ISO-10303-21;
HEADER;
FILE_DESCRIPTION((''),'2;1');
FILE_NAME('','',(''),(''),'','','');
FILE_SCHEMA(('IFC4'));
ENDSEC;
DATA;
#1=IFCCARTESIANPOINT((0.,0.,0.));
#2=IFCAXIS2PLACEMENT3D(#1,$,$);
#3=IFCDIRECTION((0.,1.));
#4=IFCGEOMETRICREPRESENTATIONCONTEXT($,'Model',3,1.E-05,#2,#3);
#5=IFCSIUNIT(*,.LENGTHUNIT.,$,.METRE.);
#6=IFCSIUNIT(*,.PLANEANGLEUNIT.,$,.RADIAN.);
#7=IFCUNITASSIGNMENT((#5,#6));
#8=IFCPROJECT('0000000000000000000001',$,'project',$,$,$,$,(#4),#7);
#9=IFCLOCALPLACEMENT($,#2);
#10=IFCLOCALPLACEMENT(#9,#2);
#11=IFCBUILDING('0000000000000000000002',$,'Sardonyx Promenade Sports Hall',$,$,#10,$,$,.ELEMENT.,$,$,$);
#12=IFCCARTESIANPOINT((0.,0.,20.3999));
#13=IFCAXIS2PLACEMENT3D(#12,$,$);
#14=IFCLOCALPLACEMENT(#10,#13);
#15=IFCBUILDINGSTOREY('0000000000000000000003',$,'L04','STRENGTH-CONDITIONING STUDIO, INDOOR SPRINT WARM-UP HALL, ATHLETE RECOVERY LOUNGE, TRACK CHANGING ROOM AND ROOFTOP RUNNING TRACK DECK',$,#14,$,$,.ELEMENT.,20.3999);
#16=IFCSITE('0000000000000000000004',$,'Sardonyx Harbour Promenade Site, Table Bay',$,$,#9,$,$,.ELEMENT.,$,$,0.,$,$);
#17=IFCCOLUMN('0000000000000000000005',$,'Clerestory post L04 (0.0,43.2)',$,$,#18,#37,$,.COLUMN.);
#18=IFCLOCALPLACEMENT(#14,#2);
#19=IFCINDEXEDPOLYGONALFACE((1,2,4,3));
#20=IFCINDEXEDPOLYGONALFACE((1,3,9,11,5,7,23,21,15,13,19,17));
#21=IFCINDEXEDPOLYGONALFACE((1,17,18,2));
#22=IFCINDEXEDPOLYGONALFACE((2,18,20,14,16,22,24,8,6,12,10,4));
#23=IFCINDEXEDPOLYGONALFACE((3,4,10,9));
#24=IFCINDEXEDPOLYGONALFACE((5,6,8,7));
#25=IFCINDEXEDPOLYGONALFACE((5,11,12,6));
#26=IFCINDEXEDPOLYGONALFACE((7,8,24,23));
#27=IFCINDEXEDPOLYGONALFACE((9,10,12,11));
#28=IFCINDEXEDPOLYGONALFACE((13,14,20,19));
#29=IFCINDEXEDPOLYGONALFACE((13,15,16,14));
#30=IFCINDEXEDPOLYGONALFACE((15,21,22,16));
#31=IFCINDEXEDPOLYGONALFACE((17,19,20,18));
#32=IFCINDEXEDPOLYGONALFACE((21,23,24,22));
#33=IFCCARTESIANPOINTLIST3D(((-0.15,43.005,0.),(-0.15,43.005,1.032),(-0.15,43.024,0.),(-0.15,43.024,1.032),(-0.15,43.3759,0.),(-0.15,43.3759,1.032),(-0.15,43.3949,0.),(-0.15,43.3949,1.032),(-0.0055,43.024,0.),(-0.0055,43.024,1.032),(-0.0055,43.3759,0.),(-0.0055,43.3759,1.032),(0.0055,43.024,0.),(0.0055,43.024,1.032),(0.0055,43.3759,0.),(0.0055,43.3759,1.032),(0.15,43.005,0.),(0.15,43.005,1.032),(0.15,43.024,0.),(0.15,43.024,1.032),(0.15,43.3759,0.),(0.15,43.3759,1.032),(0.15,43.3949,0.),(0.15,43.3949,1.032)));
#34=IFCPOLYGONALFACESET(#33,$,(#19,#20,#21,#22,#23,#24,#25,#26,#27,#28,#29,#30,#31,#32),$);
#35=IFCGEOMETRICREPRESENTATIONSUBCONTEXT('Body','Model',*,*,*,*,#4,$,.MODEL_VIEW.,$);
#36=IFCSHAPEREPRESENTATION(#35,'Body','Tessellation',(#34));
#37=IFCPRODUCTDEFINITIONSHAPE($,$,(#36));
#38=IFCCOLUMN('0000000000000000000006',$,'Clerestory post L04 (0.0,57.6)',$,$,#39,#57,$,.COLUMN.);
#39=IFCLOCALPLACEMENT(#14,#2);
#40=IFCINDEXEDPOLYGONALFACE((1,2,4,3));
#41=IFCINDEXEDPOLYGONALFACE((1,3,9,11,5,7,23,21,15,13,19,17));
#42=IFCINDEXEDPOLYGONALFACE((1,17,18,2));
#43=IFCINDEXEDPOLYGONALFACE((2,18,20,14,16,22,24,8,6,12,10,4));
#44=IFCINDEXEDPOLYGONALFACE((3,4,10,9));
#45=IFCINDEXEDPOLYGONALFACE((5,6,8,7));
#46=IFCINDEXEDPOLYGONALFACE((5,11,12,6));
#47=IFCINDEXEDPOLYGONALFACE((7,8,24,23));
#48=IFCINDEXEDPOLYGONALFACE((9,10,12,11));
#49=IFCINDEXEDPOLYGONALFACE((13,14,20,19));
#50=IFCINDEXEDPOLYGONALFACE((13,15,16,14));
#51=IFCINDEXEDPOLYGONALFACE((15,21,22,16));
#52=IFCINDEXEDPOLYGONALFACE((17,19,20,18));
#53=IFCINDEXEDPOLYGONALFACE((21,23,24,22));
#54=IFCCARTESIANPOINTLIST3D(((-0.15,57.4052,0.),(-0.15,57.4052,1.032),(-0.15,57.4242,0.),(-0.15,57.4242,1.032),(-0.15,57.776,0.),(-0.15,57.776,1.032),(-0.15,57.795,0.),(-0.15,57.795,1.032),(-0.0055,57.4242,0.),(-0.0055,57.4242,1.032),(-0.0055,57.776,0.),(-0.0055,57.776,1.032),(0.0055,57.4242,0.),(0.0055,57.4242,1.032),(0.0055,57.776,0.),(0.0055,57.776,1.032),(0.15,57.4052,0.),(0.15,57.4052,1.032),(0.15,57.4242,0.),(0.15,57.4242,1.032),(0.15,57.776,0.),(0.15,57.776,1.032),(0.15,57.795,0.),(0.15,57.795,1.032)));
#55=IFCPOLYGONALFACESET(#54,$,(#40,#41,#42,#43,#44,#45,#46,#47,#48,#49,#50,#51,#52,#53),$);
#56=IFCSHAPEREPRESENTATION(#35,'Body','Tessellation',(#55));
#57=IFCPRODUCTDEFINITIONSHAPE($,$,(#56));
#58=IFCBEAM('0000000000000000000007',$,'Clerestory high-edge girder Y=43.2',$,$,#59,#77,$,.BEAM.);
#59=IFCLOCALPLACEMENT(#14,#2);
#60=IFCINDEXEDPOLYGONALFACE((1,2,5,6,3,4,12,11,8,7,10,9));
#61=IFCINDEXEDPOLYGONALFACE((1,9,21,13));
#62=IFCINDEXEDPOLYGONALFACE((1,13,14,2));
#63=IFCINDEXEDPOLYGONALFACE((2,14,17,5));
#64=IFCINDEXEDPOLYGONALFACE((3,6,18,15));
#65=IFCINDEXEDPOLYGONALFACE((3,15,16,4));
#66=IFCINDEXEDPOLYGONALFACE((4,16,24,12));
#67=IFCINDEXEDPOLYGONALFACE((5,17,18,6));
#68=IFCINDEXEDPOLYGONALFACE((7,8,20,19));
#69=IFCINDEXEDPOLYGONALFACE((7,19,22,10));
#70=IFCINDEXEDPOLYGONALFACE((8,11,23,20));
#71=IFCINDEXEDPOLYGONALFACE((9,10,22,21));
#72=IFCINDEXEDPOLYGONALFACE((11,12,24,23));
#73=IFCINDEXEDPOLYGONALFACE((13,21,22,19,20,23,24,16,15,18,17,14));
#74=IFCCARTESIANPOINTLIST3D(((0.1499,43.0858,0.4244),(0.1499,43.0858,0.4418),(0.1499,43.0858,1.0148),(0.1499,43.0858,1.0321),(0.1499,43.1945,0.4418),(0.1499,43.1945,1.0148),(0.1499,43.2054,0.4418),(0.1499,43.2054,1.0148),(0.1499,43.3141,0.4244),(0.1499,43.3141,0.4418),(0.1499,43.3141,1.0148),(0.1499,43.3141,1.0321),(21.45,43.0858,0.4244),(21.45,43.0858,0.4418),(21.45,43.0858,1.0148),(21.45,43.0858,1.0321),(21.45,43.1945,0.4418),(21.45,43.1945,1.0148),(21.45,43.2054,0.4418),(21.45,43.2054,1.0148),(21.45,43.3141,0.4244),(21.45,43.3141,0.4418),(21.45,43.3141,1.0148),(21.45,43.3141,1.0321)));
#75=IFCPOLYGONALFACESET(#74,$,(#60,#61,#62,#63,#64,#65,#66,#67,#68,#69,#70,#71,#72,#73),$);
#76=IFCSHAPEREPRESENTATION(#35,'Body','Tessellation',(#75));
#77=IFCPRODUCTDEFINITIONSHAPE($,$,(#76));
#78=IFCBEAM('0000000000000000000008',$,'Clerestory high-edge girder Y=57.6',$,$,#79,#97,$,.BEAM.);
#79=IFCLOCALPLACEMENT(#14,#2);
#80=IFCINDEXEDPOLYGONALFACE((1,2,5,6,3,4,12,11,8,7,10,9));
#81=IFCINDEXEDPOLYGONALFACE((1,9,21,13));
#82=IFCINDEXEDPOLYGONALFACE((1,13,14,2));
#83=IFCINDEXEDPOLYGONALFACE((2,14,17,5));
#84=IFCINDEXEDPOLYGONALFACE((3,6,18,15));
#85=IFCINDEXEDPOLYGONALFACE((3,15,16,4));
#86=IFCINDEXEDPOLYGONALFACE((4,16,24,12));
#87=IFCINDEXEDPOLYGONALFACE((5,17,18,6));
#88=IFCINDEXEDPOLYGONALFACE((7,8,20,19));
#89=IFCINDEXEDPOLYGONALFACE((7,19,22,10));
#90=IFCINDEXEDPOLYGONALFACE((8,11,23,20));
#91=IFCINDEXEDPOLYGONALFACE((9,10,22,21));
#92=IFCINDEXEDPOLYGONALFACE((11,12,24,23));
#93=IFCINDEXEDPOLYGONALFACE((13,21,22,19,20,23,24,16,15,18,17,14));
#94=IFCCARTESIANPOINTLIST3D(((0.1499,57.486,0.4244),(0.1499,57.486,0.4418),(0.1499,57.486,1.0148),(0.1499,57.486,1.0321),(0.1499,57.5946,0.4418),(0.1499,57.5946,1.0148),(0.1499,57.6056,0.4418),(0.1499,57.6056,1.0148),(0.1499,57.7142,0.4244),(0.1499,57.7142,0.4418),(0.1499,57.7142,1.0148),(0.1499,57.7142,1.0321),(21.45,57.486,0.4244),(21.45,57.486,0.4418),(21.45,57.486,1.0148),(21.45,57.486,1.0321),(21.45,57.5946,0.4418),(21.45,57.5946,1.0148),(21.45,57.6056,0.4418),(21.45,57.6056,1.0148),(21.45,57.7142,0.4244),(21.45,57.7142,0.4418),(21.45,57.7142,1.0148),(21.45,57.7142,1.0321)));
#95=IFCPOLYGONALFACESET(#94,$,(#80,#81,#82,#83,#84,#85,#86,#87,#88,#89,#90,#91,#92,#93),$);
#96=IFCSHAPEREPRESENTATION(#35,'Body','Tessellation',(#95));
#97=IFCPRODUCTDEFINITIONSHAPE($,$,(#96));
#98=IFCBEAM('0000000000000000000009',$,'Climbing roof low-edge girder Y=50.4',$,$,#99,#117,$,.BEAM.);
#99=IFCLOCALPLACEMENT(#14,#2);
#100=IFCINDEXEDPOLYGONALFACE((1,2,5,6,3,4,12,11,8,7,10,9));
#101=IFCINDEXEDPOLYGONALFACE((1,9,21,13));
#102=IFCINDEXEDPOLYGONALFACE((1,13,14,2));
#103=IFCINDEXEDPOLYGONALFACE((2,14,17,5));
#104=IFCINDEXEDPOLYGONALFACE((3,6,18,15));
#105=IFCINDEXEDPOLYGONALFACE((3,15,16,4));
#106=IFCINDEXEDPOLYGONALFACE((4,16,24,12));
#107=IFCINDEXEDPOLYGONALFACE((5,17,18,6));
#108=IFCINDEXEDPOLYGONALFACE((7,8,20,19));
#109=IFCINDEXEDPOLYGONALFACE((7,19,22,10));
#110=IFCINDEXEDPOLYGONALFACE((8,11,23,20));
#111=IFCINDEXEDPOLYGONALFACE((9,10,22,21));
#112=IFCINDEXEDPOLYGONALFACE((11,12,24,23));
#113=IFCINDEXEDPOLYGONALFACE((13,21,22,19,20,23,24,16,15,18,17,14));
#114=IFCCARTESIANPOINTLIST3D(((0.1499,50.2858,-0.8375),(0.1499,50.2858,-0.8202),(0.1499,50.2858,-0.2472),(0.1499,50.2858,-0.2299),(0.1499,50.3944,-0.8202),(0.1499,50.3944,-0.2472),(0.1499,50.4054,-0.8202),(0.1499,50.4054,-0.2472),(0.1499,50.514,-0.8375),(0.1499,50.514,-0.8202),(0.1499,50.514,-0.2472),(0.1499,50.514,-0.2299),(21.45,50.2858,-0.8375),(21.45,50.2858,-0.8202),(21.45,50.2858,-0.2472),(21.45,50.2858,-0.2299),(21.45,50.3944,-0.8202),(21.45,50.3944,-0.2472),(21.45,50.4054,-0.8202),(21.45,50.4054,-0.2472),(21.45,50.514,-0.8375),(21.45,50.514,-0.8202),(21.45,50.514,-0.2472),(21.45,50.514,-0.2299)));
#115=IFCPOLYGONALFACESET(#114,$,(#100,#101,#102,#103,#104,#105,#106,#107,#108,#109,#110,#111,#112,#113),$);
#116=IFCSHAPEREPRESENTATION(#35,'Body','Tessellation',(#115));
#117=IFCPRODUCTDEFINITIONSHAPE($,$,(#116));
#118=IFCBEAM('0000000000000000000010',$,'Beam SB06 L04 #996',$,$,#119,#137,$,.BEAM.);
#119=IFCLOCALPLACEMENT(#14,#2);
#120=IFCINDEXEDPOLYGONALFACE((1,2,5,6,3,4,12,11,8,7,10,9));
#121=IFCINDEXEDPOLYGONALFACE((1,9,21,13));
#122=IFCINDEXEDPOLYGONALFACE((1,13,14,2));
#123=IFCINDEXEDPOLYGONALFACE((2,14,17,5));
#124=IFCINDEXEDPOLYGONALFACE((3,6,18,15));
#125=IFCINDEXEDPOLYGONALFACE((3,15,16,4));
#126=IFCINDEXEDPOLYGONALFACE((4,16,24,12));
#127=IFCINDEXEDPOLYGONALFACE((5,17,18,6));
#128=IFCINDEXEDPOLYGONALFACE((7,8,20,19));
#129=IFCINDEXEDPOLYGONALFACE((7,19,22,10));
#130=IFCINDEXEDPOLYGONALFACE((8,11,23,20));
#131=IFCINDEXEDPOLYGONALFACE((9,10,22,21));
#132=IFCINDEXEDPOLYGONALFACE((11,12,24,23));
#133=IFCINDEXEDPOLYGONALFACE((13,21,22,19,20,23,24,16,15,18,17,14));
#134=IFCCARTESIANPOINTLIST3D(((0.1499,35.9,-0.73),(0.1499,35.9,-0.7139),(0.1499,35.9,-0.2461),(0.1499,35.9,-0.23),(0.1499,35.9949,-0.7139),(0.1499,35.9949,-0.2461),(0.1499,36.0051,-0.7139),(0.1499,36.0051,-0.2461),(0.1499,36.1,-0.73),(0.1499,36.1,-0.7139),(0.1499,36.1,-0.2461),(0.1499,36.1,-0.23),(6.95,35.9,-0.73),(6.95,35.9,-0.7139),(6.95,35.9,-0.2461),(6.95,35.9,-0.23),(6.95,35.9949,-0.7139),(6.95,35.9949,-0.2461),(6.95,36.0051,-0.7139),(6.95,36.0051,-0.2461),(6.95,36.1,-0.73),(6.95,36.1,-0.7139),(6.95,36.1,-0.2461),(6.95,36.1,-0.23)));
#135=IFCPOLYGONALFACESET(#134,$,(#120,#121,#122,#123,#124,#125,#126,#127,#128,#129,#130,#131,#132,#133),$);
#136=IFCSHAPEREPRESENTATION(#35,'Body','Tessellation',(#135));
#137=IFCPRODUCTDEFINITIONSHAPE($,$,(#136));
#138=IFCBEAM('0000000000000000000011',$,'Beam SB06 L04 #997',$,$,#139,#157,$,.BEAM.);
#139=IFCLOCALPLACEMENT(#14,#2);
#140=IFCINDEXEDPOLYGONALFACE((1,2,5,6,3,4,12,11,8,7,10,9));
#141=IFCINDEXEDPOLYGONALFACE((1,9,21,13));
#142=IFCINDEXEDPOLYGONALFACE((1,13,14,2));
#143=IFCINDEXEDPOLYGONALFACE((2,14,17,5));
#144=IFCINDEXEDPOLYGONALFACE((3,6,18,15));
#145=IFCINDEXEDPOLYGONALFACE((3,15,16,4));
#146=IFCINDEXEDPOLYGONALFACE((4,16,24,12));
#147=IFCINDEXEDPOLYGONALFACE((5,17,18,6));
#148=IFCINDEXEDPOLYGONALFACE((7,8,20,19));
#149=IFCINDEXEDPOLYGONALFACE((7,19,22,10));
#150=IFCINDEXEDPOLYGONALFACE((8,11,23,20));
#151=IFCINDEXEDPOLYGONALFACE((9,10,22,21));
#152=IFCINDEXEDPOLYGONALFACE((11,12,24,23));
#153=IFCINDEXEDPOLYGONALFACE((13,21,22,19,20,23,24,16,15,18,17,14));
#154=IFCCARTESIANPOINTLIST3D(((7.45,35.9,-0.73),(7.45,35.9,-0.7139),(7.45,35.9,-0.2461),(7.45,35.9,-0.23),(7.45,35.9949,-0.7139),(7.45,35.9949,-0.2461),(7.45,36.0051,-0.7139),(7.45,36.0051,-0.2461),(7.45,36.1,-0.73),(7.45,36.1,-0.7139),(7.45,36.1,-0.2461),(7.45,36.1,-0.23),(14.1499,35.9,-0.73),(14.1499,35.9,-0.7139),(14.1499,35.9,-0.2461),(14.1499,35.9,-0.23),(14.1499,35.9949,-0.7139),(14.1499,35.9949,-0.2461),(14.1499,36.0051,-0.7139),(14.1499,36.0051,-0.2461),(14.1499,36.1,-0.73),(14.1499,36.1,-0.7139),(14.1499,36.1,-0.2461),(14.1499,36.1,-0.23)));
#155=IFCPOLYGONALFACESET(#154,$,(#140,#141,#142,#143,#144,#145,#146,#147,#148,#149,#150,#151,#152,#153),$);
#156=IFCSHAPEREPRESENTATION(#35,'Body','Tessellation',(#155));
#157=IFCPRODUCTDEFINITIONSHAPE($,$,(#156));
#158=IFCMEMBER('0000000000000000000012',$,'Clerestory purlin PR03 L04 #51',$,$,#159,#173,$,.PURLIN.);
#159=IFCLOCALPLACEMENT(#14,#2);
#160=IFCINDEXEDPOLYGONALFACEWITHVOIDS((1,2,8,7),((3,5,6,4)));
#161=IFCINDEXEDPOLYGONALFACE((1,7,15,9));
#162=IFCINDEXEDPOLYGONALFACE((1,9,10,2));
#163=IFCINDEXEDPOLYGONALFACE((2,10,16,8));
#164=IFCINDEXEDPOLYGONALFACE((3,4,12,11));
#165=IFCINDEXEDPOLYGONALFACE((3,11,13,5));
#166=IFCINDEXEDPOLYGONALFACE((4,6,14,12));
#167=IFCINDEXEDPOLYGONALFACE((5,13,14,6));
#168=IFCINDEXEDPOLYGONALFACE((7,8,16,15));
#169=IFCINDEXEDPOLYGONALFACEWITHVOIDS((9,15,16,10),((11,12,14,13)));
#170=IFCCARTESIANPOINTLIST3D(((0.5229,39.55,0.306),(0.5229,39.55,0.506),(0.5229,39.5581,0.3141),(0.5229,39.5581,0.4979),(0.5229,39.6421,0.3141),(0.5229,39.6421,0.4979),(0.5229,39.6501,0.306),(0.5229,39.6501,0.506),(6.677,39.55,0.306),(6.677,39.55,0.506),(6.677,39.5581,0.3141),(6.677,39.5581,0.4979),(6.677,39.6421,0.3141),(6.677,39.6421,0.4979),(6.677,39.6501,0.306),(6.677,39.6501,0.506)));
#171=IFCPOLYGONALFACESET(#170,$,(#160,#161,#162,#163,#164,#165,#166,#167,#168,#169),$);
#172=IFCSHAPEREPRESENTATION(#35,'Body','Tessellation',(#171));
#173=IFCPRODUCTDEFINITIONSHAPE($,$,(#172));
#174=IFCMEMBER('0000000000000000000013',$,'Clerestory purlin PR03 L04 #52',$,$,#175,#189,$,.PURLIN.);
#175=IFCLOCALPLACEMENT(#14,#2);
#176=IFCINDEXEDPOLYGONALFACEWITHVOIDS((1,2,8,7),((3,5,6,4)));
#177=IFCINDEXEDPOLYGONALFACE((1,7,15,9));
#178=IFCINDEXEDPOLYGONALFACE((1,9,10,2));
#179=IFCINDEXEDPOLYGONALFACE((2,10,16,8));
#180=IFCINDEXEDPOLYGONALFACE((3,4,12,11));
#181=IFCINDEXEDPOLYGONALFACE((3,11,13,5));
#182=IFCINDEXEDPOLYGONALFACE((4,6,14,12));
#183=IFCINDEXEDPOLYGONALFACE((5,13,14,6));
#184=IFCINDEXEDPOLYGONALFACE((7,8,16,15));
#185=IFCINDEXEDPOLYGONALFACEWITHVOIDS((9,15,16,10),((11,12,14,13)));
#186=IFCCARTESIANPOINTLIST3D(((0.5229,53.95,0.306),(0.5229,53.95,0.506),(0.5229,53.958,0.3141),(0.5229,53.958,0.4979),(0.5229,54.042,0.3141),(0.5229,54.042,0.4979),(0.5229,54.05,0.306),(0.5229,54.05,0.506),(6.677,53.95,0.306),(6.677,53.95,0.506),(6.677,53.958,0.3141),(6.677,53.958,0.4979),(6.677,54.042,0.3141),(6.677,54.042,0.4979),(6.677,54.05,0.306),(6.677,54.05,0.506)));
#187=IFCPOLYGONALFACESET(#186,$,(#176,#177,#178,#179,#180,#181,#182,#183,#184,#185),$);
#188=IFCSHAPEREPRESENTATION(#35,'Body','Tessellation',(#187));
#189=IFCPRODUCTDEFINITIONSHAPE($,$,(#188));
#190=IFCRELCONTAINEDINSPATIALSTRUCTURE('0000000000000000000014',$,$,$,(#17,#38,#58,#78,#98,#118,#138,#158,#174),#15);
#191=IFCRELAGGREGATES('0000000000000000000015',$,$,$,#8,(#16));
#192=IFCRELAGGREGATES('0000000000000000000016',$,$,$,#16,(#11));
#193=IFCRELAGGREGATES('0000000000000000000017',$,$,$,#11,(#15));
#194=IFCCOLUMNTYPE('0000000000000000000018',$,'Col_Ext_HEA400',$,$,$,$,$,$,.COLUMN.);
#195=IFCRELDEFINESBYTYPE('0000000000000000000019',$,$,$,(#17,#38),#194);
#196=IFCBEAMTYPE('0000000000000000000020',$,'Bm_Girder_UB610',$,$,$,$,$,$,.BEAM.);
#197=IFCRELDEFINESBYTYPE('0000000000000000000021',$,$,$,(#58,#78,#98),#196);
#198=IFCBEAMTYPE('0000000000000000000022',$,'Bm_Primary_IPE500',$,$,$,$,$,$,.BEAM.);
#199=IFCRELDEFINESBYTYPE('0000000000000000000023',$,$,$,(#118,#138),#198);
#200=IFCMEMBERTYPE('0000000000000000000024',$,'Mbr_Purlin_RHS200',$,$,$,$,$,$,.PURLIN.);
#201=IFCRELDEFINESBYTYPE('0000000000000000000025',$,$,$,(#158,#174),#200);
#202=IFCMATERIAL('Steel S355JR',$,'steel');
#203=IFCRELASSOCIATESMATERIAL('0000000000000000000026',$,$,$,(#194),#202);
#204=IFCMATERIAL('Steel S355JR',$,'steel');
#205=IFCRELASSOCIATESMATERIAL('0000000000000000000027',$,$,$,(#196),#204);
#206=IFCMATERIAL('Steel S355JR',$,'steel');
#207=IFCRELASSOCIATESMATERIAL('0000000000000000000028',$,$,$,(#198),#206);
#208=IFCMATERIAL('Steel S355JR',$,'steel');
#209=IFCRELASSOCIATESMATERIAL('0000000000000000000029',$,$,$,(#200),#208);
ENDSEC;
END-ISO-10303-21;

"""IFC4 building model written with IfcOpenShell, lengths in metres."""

from ifc_helpers import new_model, si_unit, direction, frame, origin, origin_2d, place, context, subcontext, project, spatial, hollow_rectangle, i_section, extrude, material, material_profile, profile_set, type_object, element, save


model = new_model("IFC4")

# Units and contexts
model_context = context("Model", 3, precision=1e-05, world=origin(), true_north=direction((0.0, 1.0)))
body_context = subcontext(model_context, "Body", "Model", "MODEL_VIEW")
ifc_project = project(units=[si_unit("LENGTHUNIT", "METRE"), si_unit("PLANEANGLEUNIT", "RADIAN")], contexts=[model_context])

# Site, building, storey
site_placement = place(None, origin())
site = spatial("IfcSite", under=ifc_project, at=site_placement, Name="Sardonyx Harbour Promenade Site, Table Bay", CompositionType="ELEMENT", RefElevation=0.0)
building_placement = place(site_placement, origin())
building = spatial("IfcBuilding", under=site, at=building_placement, Name="Sardonyx Promenade Sports Hall", CompositionType="ELEMENT")
storey_placement = place(building_placement, frame((0.0, 0.0, 20.3999)))
storey = spatial("IfcBuildingStorey", under=building, at=storey_placement, Name="L04", Description="STRENGTH-CONDITIONING STUDIO, INDOOR SPRINT WARM-UP HALL, ATHLETE RECOVERY LOUNGE, TRACK CHANGING ROOM AND ROOFTOP RUNNING TRACK DECK", CompositionType="ELEMENT", Elevation=20.3999)

# Columns
ifc_material_1 = material(Name="Steel S355JR", Category="steel")
ifc_material_profile_1 = material_profile(ifc_material_1, i_section(OverallWidth=0.3, OverallDepth=0.3899, WebThickness=0.011, FlangeThickness=0.019, at=origin_2d()))
ifc_profile_set_1 = profile_set([ifc_material_profile_1], Name="Steel S355JR")
column_type = type_object("IfcColumnType", Name="Col_Ext_HEA400", PredefinedType="COLUMN", material=ifc_profile_set_1)
for number, where, z_axis, x_axis, name in (
    (1, (0.0, 43.2, 0.0), (0.0, 0.0, 1.0), (1.0, 0.0, 0.0), "Clerestory post L04 (0.0,43.2)"),
    (2, (0.0, 57.6001, 0.0), (0.0, 0.0, 1.0), (1.0, 0.0, 0.0), "Clerestory post L04 (0.0,57.6)"),
):
    element("IfcColumn", number, at=place(storey_placement, frame(where, z_axis=z_axis, x_axis=x_axis)), inside=storey, type_object=column_type, Name=name, PredefinedType="COLUMN", context=body_context, shape_type="SweptSolid", body=[
        extrude(i_section(OverallWidth=0.3, OverallDepth=0.3899, WebThickness=0.011, FlangeThickness=0.019, at=origin_2d()), origin(), (0.0, 0.0, 1.0), 1.032),
    ])

# Beams
ifc_material_2 = material(Name="Steel S355JR", Category="steel")
ifc_material_profile_2 = material_profile(ifc_material_2, i_section(OverallWidth=0.2283, OverallDepth=0.6077, WebThickness=0.011, FlangeThickness=0.0173, at=origin_2d()))
ifc_profile_set_2 = profile_set([ifc_material_profile_2], Name="Steel S355JR")
beam_type_1 = type_object("IfcBeamType", Name="Bm_Girder_UB610", PredefinedType="BEAM", material=ifc_profile_set_2)
for number, where, z_axis, x_axis, name in (
    (3, (0.1499, 43.2, 0.7283), (1.0, 0.0, 0.0), (0.0, 1.0, 0.0), "Clerestory high-edge girder Y=43.2"),
    (4, (0.1499, 57.6001, 0.7283), (1.0, 0.0, 0.0), (0.0, 1.0, 0.0), "Clerestory high-edge girder Y=57.6"),
    (5, (0.1499, 50.3999, -0.5337), (1.0, 0.0, 0.0), (0.0, 1.0, 0.0), "Climbing roof low-edge girder Y=50.4"),
):
    element("IfcBeam", number, at=place(storey_placement, frame(where, z_axis=z_axis, x_axis=x_axis)), inside=storey, type_object=beam_type_1, Name=name, PredefinedType="BEAM", context=body_context, shape_type="SweptSolid", body=[
        extrude(i_section(OverallWidth=0.2283, OverallDepth=0.6077, WebThickness=0.011, FlangeThickness=0.0173, at=origin_2d()), origin(), (0.0, 0.0, 1.0), 21.3),
    ])
ifc_material_3 = material(Name="Steel S355JR", Category="steel")
ifc_material_profile_3 = material_profile(ifc_material_3, i_section(OverallWidth=0.2, OverallDepth=0.5, WebThickness=0.0103, FlangeThickness=0.0161, at=origin_2d()))
ifc_profile_set_3 = profile_set([ifc_material_profile_3], Name="Steel S355JR")
beam_type_2 = type_object("IfcBeamType", Name="Bm_Primary_IPE500", PredefinedType="BEAM", material=ifc_profile_set_3)
beam_1_placement = place(storey_placement, frame((0.1499, 36.0, -0.48), z_axis=(1.0, 0.0, 0.0), x_axis=(0.0, 1.0, 0.0)))
element("IfcBeam", 6, at=beam_1_placement, inside=storey, type_object=beam_type_2, Name="Beam SB06 L04 #996", PredefinedType="BEAM", context=body_context, shape_type="SweptSolid", body=[
    extrude(i_section(OverallWidth=0.2, OverallDepth=0.5, WebThickness=0.0103, FlangeThickness=0.0161, at=origin_2d()), origin(), (0.0, 0.0, 1.0), 6.8),
])
beam_2_placement = place(storey_placement, frame((7.45, 36.0, -0.48), z_axis=(1.0, 0.0, 0.0), x_axis=(0.0, 1.0, 0.0)))
element("IfcBeam", 7, at=beam_2_placement, inside=storey, type_object=beam_type_2, Name="Beam SB06 L04 #997", PredefinedType="BEAM", context=body_context, shape_type="SweptSolid", body=[
    extrude(i_section(OverallWidth=0.2, OverallDepth=0.5, WebThickness=0.0103, FlangeThickness=0.0161, at=origin_2d()), origin(), (0.0, 0.0, 1.0), 6.7),
])

# Members
ifc_material_4 = material(Name="Steel S355JR", Category="steel")
ifc_material_profile_4 = material_profile(ifc_material_4, hollow_rectangle(XDim=0.1001, YDim=0.2, WallThickness=0.0081, at=origin_2d()))
ifc_profile_set_4 = profile_set([ifc_material_profile_4], Name="Steel S355JR")
member_type_1 = type_object("IfcMemberType", Name="Mbr_Purlin_RHS200", PredefinedType="PURLIN", material=ifc_profile_set_4)
for number, where, z_axis, x_axis, name in (
    (8, (0.5229, 39.6001, 0.406), (1.0, 0.0, 0.0), (0.0, 1.0, 0.0), "Clerestory purlin PR03 L04 #51"),
    (9, (0.5229, 54.0, 0.406), (1.0, 0.0, 0.0), (0.0, 1.0, 0.0), "Clerestory purlin PR03 L04 #52"),
):
    element("IfcMember", number, at=place(storey_placement, frame(where, z_axis=z_axis, x_axis=x_axis)), inside=storey, type_object=member_type_1, Name=name, PredefinedType="PURLIN", context=body_context, shape_type="SweptSolid", body=[
        extrude(hollow_rectangle(XDim=0.1001, YDim=0.2, WallThickness=0.0081, at=origin_2d()), origin(), (0.0, 0.0, 1.0), 6.1541),
    ])

save(model, "model.ifc")
